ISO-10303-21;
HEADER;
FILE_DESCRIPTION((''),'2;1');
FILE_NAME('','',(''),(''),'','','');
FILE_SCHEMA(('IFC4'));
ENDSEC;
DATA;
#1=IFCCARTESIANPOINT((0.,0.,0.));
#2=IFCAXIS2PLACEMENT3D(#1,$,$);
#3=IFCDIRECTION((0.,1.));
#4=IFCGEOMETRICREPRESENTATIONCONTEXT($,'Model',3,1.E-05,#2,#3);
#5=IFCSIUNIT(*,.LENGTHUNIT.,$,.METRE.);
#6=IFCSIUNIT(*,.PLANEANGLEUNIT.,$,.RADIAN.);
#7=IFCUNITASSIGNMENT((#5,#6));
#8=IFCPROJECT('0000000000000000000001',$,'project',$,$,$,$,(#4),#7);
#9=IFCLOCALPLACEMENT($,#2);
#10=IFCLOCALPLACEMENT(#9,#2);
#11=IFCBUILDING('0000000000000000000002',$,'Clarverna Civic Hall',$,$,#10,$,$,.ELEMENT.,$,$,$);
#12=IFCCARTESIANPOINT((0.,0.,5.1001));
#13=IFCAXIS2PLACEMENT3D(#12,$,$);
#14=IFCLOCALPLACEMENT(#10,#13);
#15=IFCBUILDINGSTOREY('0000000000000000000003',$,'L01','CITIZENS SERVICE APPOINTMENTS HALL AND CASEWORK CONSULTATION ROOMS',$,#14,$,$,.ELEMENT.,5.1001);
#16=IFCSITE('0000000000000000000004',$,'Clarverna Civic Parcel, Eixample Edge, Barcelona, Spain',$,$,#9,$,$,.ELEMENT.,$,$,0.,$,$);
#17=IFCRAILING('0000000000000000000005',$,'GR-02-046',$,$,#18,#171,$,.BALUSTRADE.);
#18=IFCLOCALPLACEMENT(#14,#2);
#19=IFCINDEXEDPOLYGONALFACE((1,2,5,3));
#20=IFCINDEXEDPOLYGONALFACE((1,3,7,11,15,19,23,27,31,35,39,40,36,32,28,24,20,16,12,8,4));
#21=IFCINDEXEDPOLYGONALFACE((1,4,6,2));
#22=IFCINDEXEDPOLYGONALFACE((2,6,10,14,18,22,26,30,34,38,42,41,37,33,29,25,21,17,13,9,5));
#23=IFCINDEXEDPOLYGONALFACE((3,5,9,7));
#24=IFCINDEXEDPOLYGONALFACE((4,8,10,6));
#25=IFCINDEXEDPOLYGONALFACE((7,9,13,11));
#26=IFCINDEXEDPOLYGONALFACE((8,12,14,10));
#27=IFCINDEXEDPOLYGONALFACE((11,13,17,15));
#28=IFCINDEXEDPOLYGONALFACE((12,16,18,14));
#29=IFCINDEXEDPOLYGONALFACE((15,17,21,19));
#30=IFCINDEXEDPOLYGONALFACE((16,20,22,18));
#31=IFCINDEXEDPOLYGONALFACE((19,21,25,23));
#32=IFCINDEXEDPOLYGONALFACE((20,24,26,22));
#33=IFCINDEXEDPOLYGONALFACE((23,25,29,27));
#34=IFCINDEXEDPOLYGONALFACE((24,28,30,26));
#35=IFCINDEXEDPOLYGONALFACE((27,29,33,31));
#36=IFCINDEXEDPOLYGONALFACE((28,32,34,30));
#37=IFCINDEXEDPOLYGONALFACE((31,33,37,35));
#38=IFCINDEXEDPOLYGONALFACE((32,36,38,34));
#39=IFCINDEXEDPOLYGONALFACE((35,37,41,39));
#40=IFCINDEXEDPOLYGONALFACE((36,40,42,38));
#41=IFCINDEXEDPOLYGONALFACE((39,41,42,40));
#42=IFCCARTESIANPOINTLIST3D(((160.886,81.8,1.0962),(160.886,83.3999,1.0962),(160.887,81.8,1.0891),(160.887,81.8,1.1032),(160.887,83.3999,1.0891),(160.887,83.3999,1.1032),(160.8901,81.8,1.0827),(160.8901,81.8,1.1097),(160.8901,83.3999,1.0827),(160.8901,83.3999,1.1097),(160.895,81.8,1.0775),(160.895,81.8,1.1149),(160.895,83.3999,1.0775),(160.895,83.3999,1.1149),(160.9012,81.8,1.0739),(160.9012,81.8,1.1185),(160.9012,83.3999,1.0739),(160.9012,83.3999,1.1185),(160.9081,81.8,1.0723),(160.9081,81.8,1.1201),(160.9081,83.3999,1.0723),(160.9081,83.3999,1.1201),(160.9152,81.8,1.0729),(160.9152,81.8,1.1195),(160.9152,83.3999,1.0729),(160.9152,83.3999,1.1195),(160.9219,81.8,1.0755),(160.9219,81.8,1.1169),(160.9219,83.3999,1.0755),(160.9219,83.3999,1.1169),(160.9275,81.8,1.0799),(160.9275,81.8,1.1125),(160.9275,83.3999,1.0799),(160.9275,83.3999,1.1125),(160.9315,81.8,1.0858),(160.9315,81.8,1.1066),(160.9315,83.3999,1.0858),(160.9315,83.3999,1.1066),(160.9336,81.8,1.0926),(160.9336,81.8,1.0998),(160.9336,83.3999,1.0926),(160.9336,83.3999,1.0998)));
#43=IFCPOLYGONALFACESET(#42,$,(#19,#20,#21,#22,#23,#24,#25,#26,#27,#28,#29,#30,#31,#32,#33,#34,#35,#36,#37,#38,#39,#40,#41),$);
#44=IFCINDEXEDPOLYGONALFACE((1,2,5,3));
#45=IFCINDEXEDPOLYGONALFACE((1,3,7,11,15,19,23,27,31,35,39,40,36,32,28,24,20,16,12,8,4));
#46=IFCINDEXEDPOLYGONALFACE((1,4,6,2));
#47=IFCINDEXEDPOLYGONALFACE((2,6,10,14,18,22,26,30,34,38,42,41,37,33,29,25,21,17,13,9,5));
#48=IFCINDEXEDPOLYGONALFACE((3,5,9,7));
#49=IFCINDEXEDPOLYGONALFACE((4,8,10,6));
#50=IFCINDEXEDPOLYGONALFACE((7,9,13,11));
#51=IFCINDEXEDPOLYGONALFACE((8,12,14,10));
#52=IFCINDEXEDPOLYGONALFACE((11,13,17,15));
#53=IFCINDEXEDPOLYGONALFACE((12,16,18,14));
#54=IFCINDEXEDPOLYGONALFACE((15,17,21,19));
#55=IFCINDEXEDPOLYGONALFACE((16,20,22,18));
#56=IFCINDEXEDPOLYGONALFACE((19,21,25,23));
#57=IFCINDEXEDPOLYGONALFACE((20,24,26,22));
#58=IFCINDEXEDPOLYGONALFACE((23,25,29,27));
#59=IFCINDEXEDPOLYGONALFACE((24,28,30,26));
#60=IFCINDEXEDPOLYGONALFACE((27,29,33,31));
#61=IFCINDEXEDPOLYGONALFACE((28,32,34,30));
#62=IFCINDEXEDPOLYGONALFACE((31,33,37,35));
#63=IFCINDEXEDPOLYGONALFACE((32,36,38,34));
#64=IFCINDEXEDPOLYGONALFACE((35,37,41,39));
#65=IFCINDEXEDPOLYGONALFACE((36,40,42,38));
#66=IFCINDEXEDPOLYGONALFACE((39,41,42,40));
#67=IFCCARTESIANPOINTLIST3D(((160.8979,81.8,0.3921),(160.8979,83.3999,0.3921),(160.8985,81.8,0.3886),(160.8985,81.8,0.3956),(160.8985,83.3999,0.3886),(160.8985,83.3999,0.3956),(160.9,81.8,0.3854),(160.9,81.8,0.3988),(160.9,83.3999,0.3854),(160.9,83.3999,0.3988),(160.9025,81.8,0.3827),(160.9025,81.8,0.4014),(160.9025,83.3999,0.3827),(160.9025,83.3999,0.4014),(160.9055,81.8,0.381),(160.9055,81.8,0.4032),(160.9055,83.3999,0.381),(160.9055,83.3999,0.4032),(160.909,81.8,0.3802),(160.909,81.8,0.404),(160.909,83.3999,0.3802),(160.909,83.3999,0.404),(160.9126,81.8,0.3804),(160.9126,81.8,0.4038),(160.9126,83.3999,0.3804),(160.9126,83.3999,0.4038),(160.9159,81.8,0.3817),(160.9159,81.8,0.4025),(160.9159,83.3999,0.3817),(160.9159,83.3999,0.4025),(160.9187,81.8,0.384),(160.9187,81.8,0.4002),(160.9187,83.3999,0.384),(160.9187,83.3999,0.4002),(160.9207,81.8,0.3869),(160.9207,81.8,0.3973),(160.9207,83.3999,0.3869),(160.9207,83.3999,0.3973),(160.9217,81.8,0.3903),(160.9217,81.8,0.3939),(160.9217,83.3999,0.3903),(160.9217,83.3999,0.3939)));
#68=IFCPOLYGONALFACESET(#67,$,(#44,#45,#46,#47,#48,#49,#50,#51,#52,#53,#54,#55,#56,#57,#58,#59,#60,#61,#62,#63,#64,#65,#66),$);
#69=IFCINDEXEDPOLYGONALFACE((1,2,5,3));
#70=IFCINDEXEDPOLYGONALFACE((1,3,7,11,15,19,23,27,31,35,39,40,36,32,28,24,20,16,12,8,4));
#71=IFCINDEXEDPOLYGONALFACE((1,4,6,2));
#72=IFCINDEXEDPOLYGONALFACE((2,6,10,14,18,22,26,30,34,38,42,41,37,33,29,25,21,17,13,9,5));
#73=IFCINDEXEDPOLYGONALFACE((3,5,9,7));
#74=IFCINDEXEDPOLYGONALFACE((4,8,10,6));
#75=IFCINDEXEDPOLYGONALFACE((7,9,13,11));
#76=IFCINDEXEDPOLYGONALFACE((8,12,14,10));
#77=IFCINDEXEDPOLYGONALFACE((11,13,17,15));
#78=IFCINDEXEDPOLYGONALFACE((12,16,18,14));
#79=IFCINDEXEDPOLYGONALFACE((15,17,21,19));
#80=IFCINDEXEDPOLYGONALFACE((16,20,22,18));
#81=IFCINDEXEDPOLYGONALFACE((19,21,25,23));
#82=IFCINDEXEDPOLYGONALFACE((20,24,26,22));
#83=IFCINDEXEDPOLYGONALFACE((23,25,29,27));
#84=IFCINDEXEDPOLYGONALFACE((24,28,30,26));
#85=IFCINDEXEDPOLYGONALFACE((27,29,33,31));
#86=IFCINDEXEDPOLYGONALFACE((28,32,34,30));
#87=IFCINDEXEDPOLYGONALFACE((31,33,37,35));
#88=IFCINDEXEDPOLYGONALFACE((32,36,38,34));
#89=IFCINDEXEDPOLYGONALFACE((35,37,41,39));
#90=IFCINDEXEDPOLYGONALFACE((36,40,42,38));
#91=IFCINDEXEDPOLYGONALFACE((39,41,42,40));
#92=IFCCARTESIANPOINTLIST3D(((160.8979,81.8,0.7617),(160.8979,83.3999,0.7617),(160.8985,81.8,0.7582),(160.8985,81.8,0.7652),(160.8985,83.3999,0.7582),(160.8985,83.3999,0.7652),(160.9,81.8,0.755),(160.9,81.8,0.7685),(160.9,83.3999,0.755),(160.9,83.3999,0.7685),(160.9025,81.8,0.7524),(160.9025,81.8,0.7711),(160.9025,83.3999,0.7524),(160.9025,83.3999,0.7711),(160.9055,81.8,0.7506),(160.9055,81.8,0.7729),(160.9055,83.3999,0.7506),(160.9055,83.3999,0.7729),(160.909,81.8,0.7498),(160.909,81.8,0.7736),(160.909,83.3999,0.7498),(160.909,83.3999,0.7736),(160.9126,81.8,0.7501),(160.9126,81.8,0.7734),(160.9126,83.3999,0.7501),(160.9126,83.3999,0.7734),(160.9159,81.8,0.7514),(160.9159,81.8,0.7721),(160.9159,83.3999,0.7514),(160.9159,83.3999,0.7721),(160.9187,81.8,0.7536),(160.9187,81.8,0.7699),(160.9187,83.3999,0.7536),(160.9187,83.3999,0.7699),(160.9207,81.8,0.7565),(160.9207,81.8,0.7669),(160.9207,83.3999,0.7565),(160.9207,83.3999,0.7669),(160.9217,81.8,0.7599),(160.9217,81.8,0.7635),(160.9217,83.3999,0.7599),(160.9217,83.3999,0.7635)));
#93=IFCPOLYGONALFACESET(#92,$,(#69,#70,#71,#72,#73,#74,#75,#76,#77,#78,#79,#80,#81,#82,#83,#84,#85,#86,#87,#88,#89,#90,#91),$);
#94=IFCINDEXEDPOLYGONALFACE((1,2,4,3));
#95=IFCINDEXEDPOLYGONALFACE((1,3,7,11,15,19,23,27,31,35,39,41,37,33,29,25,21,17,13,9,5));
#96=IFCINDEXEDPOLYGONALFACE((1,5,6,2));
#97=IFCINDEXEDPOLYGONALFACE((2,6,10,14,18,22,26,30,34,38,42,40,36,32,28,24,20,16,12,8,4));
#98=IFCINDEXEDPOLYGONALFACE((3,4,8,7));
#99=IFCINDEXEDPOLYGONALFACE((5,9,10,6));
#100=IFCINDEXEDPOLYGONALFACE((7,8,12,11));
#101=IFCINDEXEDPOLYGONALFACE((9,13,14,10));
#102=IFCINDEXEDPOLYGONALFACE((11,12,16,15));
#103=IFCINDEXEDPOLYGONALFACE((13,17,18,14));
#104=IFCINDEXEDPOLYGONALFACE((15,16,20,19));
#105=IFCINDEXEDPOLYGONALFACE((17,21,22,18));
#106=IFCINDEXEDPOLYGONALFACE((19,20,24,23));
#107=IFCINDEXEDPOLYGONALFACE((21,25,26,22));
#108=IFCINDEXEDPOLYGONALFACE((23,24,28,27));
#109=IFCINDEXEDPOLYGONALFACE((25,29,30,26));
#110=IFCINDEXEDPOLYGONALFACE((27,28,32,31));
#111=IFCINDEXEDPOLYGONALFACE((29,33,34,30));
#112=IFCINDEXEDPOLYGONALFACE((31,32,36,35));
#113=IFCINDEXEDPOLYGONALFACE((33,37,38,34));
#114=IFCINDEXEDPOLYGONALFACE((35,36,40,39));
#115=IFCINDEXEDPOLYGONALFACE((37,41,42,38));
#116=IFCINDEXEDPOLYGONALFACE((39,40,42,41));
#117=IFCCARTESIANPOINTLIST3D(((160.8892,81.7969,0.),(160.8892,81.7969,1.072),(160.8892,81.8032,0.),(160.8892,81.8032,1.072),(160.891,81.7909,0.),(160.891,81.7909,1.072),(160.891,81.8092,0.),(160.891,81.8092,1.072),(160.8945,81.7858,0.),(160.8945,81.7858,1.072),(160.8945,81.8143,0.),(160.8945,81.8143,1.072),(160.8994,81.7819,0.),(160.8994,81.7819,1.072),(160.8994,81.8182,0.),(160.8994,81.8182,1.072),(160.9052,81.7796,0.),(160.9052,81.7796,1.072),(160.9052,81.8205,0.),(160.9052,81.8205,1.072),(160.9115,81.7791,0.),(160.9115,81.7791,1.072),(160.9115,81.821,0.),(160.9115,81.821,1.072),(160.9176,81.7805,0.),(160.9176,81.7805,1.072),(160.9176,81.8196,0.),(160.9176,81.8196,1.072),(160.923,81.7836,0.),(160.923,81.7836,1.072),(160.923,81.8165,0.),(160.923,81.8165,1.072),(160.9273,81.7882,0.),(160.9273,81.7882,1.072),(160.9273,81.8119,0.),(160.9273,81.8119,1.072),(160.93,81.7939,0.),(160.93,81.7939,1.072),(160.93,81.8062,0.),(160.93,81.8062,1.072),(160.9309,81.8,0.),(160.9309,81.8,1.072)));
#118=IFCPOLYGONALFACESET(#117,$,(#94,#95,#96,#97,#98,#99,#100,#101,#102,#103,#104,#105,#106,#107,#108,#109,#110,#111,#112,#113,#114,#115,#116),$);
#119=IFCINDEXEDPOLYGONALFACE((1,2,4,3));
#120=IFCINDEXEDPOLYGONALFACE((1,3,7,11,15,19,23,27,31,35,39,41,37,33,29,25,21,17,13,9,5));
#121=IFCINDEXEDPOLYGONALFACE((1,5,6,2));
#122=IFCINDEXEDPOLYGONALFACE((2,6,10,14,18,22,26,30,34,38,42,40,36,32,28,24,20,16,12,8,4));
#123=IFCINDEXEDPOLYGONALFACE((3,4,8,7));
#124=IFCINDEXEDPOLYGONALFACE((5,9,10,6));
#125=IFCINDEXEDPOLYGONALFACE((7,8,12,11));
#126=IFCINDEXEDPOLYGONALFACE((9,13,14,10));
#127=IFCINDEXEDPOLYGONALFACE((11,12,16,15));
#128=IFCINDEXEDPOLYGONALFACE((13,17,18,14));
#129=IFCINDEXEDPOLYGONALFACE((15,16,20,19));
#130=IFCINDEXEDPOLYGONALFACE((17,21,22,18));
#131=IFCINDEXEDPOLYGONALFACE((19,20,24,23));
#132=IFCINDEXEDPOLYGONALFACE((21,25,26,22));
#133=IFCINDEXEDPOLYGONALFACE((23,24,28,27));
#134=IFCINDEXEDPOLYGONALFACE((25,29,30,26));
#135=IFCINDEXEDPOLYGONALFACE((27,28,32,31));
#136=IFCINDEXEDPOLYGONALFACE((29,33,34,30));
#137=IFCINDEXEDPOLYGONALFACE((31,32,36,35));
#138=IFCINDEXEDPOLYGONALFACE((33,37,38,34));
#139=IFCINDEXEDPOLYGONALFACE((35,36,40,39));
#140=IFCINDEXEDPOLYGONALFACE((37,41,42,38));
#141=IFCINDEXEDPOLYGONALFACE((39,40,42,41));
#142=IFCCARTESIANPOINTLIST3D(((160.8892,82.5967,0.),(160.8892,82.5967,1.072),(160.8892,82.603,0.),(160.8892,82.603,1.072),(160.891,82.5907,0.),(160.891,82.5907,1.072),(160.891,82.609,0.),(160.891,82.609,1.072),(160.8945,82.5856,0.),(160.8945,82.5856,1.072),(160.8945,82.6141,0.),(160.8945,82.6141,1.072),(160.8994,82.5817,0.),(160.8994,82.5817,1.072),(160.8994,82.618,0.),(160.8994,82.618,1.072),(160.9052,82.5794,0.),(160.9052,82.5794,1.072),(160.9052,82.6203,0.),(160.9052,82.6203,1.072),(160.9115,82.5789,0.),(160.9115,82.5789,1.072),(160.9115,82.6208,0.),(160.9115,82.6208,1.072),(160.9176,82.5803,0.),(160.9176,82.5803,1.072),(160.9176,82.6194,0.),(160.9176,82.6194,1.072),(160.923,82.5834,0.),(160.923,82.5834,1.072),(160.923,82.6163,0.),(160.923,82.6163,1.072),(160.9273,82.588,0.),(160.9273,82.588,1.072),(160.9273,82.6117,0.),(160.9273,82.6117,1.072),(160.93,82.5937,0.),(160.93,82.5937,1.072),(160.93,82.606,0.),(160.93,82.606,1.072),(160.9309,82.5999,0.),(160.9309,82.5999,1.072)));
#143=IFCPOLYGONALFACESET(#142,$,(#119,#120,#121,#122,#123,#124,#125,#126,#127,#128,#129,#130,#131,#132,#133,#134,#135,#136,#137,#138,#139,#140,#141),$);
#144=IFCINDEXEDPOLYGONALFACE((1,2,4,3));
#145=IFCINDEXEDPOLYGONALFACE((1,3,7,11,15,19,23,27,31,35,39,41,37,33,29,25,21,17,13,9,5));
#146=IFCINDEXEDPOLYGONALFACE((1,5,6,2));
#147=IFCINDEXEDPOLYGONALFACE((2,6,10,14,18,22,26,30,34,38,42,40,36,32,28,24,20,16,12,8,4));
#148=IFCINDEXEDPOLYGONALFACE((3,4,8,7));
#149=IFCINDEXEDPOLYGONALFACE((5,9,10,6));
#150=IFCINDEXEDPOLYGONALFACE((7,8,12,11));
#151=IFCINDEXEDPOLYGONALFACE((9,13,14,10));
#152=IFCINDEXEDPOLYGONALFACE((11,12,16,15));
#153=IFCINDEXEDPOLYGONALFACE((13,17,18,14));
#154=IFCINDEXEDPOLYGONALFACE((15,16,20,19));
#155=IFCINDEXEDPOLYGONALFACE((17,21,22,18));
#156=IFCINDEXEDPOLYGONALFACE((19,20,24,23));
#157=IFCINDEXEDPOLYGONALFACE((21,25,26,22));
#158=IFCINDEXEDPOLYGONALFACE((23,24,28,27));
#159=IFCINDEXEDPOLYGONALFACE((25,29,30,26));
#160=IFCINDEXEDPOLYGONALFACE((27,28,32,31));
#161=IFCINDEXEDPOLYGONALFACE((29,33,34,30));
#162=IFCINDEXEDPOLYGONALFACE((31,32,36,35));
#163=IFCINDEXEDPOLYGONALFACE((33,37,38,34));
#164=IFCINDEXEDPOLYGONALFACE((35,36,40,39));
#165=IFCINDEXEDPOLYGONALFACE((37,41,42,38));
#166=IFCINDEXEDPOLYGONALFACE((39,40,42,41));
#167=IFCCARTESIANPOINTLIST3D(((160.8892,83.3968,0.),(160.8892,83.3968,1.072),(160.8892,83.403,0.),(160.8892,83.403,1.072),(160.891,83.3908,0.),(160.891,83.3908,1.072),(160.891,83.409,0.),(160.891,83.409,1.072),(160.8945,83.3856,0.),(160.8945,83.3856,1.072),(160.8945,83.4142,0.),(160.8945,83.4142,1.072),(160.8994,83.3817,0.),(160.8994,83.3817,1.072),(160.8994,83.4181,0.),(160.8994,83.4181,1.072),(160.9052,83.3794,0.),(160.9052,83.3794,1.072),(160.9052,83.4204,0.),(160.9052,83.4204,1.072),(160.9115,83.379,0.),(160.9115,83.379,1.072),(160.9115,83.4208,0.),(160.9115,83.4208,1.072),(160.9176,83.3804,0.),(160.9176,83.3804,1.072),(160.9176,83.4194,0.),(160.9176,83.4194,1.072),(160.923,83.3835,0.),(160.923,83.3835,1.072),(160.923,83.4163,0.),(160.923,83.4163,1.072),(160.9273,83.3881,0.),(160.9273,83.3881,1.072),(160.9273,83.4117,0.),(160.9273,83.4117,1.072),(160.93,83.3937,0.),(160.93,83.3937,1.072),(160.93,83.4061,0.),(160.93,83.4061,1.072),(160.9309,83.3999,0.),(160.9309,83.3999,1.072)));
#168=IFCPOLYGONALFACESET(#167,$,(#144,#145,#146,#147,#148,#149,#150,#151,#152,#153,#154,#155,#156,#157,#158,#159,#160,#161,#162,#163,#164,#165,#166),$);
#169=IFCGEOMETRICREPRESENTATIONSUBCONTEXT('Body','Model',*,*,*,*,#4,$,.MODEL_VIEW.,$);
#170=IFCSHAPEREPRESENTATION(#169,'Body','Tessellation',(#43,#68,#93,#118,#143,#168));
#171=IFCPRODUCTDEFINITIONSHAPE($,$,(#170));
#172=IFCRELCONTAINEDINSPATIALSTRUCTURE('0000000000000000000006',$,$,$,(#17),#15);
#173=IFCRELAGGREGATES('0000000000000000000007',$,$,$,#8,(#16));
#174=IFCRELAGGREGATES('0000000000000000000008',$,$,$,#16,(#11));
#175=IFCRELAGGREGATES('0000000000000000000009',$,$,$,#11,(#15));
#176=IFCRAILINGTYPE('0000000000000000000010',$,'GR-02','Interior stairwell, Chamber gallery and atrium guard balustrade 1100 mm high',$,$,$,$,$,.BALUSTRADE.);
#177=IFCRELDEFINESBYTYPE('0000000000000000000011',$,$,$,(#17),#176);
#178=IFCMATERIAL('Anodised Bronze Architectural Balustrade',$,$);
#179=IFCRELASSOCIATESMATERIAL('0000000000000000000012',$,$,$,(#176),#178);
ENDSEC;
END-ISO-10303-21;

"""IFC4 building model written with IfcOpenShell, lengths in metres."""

from ifc_helpers import new_model, si_unit, direction, frame, origin, origin_2d, place, context, subcontext, project, spatial, circle, extrude, material, type_object, element, save


model = new_model("IFC4")

# Units and contexts
model_context = context("Model", 3, precision=1e-05, world=origin(), true_north=direction((0.0, 1.0)))
body_context = subcontext(model_context, "Body", "Model", "MODEL_VIEW")
ifc_project = project(units=[si_unit("LENGTHUNIT", "METRE"), si_unit("PLANEANGLEUNIT", "RADIAN")], contexts=[model_context])

# Site, building, storey
site_placement = place(None, origin())
site = spatial("IfcSite", under=ifc_project, at=site_placement, Name="Clarverna Civic Parcel, Eixample Edge, Barcelona, Spain", CompositionType="ELEMENT", RefElevation=0.0)
building_placement = place(site_placement, origin())
building = spatial("IfcBuilding", under=site, at=building_placement, Name="Clarverna Civic Hall", CompositionType="ELEMENT")
storey_placement = place(building_placement, frame((0.0, 0.0, 5.1001)))
storey = spatial("IfcBuildingStorey", under=building, at=storey_placement, Name="L01", Description="CITIZENS SERVICE APPOINTMENTS HALL AND CASEWORK CONSULTATION ROOMS", CompositionType="ELEMENT", Elevation=5.1001)

# Railing
ifc_material_1 = material(Name="Anodised Bronze Architectural Balustrade")
railing_type_1 = type_object("IfcRailingType", Name="GR-02", Description="Interior stairwell, Chamber gallery and atrium guard balustrade 1100 mm high", PredefinedType="BALUSTRADE", material=ifc_material_1)
railing_1_placement = place(storey_placement, frame((160.9099, 81.8, 0.0)))
element("IfcRailing", 1, at=railing_1_placement, inside=storey, type_object=railing_type_1, Name="GR-02-046", PredefinedType="BALUSTRADE", context=body_context, shape_type="SweptSolid", body=[
    extrude(circle(Radius=0.0239, at=origin_2d()), frame((0.0, 0.0, 1.0962), z_axis=(0.0, 1.0, 0.0), x_axis=(-1.0, 0.0, 0.0)), (0.0, 0.0, 1.0), 1.5999),
    extrude(circle(Radius=0.012, at=origin_2d()), frame((0.0, 0.0, 0.3921), z_axis=(0.0, 1.0, 0.0), x_axis=(-1.0, 0.0, 0.0)), (0.0, 0.0, 1.0), 1.5999),
    extrude(circle(Radius=0.012, at=origin_2d()), frame((0.0, 0.0, 0.7617), z_axis=(0.0, 1.0, 0.0), x_axis=(-1.0, 0.0, 0.0)), (0.0, 0.0, 1.0), 1.5999),
    extrude(circle(Radius=0.021, at=origin_2d()), origin(), (0.0, 0.0, 1.0), 1.072),
    extrude(circle(Radius=0.021, at=origin_2d()), frame((0.0, 0.7998, 0.0)), (0.0, 0.0, 1.0), 1.072),
    extrude(circle(Radius=0.021, at=origin_2d()), frame((0.0, 1.5999, 0.0)), (0.0, 0.0, 1.0), 1.072),
])

save(model, "model.ifc")
